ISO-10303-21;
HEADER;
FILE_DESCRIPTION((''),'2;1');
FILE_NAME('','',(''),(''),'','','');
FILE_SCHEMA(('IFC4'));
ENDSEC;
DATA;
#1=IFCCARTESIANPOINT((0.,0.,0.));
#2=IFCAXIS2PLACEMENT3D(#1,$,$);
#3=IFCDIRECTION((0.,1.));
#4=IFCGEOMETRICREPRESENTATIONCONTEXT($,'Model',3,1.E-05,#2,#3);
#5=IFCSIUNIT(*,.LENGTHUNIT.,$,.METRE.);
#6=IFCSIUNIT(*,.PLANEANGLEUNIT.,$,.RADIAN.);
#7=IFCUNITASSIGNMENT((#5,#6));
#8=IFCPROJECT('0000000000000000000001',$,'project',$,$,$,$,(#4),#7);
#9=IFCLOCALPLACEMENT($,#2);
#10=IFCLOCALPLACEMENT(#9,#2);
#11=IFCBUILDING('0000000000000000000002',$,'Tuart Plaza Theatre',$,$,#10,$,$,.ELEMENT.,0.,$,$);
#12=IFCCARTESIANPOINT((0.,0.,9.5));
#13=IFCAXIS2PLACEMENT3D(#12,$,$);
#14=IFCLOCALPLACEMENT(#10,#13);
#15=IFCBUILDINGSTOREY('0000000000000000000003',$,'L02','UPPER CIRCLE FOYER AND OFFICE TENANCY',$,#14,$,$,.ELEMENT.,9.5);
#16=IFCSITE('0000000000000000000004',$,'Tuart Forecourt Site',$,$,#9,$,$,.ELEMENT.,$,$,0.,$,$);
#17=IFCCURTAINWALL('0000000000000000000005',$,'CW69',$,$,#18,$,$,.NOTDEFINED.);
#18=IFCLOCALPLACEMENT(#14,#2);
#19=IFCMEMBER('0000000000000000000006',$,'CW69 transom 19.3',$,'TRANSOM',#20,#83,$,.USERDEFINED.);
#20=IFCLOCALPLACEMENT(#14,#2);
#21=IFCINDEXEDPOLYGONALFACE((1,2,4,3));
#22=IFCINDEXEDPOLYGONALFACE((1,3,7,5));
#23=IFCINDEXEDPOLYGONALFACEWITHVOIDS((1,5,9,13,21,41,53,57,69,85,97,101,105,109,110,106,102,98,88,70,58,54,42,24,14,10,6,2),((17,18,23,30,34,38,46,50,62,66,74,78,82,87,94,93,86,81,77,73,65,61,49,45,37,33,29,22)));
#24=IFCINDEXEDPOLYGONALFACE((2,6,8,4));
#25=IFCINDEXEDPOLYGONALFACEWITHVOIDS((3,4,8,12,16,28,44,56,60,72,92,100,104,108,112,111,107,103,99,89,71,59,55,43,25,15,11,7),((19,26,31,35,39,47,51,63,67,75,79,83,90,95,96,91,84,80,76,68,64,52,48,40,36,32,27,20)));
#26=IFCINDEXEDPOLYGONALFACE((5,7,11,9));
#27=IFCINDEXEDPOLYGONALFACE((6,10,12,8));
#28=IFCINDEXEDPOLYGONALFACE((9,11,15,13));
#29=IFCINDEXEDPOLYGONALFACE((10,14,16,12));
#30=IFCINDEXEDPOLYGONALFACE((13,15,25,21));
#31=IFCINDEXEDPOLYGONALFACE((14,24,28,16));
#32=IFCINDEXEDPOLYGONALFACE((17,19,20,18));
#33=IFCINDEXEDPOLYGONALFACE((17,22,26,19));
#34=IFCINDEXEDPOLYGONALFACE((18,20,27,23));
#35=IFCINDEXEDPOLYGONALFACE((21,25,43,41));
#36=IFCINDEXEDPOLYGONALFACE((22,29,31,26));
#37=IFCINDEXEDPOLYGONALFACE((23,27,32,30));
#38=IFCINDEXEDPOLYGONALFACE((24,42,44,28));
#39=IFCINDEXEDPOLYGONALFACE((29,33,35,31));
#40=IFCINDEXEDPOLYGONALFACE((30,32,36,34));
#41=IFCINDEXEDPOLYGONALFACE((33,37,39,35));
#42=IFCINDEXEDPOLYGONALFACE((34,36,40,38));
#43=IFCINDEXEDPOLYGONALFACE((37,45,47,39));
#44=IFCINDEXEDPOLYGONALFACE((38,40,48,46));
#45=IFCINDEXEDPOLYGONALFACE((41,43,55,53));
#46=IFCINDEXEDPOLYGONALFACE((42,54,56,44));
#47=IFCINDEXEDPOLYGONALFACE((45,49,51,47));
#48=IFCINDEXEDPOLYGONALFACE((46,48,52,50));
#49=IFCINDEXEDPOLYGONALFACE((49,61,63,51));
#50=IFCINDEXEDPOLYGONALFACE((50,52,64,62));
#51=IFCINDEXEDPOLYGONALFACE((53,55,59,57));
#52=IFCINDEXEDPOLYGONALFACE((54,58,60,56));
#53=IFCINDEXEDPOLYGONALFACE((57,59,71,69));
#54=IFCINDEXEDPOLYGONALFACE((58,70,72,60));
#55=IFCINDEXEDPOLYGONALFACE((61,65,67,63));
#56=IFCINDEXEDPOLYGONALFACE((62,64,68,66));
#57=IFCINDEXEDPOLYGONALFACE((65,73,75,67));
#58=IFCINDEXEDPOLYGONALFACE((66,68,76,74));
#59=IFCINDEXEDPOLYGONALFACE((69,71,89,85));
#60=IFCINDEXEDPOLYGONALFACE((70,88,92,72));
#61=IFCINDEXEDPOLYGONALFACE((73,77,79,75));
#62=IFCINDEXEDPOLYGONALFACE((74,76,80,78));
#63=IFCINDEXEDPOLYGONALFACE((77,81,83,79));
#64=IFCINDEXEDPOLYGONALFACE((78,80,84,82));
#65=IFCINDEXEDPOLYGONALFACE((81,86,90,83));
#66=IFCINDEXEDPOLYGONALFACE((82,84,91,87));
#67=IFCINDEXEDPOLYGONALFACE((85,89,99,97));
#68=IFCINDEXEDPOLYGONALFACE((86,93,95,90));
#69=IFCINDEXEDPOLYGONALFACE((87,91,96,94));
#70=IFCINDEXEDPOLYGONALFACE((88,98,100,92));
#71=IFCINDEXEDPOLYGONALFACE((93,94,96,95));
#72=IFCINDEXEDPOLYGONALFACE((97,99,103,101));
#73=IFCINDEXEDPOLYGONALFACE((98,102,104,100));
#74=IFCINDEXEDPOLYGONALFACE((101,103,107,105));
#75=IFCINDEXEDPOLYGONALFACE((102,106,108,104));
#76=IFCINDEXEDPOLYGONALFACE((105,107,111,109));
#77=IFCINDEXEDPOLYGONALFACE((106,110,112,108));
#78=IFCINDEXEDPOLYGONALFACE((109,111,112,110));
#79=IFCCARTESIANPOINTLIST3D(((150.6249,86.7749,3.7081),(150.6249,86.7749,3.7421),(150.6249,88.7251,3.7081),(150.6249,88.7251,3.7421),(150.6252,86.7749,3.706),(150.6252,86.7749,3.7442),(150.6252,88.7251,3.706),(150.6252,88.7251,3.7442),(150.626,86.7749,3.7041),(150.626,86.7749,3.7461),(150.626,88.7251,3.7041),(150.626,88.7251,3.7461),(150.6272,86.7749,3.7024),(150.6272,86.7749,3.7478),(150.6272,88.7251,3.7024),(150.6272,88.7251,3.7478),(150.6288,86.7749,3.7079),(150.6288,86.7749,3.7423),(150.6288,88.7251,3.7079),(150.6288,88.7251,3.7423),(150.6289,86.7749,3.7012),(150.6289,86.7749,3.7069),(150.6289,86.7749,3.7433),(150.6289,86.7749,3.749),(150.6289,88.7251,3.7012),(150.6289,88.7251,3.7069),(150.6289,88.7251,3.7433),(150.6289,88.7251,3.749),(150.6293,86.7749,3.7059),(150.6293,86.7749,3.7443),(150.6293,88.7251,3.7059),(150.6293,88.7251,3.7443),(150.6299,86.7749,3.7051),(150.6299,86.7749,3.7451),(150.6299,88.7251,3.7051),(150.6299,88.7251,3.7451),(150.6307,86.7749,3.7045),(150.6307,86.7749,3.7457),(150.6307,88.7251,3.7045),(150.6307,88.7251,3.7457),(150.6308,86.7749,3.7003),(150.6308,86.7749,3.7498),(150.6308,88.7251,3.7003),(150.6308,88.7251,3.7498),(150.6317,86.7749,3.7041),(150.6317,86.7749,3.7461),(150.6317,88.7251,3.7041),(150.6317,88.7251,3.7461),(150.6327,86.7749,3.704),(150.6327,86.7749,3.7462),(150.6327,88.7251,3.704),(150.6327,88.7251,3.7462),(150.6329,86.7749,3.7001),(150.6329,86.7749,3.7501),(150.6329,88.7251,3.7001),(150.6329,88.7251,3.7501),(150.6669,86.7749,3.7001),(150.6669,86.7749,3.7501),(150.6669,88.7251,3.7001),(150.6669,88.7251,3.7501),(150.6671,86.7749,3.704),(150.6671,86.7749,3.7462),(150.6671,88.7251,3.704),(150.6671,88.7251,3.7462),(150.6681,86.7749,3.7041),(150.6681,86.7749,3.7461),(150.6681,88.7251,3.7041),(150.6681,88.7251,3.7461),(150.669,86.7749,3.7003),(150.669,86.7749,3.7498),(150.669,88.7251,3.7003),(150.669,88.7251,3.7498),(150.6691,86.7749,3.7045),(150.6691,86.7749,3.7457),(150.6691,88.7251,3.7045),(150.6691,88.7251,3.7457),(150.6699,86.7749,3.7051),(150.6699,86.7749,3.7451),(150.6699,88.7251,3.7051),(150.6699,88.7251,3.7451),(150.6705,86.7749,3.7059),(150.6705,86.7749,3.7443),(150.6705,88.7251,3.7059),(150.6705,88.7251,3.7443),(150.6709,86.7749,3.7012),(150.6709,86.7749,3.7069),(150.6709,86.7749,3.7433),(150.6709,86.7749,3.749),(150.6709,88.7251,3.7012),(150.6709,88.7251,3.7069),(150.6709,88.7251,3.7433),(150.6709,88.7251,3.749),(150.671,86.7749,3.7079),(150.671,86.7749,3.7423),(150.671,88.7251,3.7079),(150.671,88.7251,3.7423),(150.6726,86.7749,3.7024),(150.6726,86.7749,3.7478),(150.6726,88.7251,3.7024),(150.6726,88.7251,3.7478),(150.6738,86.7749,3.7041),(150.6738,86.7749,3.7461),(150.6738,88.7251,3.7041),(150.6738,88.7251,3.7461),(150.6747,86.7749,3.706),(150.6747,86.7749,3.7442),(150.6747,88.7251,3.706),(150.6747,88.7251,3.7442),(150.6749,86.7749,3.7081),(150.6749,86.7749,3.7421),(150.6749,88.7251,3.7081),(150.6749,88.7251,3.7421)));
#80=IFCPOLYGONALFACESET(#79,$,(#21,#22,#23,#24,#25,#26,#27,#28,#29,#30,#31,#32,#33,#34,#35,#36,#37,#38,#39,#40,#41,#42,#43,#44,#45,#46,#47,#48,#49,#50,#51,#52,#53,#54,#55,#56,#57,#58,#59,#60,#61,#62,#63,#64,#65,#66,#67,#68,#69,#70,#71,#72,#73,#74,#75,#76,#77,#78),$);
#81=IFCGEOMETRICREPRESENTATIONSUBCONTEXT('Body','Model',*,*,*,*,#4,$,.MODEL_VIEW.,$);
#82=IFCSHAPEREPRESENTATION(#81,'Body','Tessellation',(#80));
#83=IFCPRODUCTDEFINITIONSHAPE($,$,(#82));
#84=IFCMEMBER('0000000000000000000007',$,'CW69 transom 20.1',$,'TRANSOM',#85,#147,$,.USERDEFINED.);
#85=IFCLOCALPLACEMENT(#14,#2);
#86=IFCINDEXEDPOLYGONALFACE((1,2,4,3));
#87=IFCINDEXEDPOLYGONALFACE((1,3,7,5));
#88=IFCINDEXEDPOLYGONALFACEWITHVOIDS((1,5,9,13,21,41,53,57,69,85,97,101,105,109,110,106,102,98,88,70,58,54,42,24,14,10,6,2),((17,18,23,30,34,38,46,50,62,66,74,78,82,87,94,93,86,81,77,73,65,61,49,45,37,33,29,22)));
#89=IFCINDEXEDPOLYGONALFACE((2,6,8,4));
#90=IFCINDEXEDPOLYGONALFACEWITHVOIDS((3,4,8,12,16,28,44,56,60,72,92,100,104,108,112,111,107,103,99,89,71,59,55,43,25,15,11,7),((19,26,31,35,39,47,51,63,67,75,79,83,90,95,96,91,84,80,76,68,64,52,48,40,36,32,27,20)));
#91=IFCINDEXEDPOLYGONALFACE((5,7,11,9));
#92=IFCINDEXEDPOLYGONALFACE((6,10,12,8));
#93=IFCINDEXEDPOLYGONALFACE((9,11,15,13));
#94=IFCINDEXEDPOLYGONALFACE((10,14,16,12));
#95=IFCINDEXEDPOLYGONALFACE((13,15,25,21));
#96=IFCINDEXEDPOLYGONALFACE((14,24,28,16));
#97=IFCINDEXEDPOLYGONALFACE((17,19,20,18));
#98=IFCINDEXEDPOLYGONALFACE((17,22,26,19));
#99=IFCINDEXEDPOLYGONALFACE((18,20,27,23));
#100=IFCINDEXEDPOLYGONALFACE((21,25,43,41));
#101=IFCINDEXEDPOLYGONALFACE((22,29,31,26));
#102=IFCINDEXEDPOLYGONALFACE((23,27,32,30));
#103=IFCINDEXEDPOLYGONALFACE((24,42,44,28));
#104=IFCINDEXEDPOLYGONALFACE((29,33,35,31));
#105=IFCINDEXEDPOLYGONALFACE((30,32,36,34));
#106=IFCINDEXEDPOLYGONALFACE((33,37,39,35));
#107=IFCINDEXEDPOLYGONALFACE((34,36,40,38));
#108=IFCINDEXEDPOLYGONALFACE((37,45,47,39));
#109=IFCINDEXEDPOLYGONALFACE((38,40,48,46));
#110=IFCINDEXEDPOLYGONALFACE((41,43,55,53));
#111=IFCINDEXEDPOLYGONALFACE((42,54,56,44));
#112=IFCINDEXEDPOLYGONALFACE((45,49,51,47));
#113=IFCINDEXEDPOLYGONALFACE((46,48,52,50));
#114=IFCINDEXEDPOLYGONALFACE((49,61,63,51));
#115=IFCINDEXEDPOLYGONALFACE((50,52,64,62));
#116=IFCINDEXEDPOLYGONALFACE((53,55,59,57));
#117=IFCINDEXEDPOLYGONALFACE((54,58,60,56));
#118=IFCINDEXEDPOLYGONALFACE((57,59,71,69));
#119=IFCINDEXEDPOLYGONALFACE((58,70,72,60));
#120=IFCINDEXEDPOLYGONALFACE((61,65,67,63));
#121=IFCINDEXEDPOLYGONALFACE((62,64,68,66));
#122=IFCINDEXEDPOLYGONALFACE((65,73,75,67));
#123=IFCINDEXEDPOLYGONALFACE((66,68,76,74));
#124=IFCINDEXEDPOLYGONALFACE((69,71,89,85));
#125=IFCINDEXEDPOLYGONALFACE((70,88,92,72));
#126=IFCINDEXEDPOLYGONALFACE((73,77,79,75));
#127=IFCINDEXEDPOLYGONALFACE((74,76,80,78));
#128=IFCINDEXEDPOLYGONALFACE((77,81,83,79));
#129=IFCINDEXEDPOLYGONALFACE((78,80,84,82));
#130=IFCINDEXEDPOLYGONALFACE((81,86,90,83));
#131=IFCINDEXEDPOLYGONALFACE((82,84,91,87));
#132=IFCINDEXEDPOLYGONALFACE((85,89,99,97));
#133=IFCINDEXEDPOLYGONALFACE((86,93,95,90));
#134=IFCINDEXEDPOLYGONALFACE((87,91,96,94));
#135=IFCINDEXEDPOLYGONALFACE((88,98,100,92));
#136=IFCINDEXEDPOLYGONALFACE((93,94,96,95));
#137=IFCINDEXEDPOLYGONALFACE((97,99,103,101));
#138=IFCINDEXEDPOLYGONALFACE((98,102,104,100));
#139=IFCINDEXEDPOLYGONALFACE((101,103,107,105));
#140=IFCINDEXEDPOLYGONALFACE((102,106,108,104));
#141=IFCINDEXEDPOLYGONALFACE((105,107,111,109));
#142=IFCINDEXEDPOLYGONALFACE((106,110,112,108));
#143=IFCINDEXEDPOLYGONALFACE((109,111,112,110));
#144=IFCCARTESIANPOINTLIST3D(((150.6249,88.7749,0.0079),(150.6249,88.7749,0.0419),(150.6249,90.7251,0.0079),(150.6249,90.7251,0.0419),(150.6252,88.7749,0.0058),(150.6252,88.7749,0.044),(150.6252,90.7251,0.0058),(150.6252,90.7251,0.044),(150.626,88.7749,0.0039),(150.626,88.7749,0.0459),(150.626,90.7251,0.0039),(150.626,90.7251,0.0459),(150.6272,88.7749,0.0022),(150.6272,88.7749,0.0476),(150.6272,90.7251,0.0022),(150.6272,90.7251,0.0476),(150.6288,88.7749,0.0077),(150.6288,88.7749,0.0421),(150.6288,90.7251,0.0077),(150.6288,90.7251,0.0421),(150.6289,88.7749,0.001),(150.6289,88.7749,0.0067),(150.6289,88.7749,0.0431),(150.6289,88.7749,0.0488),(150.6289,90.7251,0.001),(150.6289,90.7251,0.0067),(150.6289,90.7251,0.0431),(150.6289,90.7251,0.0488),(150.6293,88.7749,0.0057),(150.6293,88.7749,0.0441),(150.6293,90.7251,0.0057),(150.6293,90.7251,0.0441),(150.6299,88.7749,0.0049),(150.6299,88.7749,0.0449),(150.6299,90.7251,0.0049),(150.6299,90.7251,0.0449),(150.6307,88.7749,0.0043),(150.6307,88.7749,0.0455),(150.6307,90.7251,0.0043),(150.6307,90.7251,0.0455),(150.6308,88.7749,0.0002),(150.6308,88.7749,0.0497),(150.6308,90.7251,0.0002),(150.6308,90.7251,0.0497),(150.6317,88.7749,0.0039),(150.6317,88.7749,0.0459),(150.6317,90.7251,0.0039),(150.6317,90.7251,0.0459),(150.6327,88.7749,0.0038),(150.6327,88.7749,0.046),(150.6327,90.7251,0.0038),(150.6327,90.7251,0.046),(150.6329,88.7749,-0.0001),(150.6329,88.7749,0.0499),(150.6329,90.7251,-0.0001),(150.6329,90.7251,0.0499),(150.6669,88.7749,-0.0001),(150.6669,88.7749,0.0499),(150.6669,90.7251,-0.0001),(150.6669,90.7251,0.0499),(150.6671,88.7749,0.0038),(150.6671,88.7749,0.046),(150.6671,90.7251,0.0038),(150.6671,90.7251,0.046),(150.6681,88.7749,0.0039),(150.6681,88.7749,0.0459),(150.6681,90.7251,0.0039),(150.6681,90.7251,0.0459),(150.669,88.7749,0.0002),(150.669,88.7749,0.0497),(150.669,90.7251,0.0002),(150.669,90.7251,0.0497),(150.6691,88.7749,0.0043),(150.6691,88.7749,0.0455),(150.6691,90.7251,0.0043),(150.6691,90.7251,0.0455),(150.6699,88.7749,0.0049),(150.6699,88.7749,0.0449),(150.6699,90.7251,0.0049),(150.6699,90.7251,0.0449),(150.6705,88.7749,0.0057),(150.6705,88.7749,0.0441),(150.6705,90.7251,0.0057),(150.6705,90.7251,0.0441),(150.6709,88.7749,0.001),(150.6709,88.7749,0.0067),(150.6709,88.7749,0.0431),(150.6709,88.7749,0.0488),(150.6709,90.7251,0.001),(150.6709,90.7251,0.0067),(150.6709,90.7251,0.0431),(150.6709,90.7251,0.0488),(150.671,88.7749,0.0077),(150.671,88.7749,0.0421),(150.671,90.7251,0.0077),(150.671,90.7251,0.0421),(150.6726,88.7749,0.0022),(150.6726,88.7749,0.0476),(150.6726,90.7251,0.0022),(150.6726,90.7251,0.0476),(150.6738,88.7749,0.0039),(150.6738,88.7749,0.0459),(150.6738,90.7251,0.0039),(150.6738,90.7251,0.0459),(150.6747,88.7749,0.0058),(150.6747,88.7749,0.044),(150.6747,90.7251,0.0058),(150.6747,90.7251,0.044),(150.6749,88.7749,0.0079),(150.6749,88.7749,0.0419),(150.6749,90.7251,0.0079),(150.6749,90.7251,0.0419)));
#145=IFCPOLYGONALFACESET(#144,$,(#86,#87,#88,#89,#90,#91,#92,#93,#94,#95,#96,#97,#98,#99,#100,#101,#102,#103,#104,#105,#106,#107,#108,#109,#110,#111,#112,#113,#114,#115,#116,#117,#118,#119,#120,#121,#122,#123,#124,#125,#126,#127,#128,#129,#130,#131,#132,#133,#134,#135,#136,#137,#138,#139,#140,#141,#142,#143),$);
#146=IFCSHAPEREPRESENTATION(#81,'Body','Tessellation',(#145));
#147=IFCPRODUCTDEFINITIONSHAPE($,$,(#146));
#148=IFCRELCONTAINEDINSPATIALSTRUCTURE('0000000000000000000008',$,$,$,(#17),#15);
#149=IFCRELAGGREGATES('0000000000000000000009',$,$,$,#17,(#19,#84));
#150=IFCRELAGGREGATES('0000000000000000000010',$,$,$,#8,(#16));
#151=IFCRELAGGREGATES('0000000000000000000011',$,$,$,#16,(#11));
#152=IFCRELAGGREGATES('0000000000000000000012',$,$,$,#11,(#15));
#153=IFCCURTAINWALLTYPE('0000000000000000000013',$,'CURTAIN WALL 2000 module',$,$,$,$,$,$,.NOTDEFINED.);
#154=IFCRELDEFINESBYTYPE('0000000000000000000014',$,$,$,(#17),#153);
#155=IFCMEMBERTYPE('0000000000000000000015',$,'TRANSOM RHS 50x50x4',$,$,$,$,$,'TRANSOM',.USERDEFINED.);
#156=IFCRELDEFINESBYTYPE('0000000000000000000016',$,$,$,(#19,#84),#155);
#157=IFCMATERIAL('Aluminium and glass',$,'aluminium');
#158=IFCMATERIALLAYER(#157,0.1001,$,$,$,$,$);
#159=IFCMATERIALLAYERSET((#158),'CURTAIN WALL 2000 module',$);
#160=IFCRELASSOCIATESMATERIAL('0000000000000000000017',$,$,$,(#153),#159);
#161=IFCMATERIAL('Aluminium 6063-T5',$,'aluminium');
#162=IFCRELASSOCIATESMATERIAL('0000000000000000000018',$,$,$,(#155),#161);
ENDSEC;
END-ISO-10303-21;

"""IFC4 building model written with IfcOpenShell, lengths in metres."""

from ifc_helpers import new_model, si_unit, direction, frame, origin, origin_2d, place, context, subcontext, project, spatial, hollow_rectangle, extrude, material, layer, layer_set, material_profile, profile_set, type_object, element, aggregate, save


model = new_model("IFC4")

# Units and contexts
model_context = context("Model", 3, precision=1e-05, world=origin(), true_north=direction((0.0, 1.0)))
body_context = subcontext(model_context, "Body", "Model", "MODEL_VIEW")
ifc_project = project(units=[si_unit("LENGTHUNIT", "METRE"), si_unit("PLANEANGLEUNIT", "RADIAN")], contexts=[model_context])

# Site, building, storey
site_placement = place(None, origin())
site = spatial("IfcSite", under=ifc_project, at=site_placement, Name="Tuart Forecourt Site", CompositionType="ELEMENT", RefElevation=0.0)
building_placement = place(site_placement, origin())
building = spatial("IfcBuilding", under=site, at=building_placement, Name="Tuart Plaza Theatre", CompositionType="ELEMENT", ElevationOfRefHeight=0.0)
storey_placement = place(building_placement, frame((0.0, 0.0, 9.5)))
storey = spatial("IfcBuildingStorey", under=building, at=storey_placement, Name="L02", Description="UPPER CIRCLE FOYER AND OFFICE TENANCY", CompositionType="ELEMENT", Elevation=9.5)

# Curtain wall, members
ifc_material_1 = material(Name="Aluminium and glass", Category="aluminium")
ifc_layer_1 = layer(ifc_material_1, 0.1001)
ifc_layer_set_1 = layer_set([ifc_layer_1], Name="CURTAIN WALL 2000 module")
curtain_wall_type = type_object("IfcCurtainWallType", Name="CURTAIN WALL 2000 module", PredefinedType="NOTDEFINED", material=ifc_layer_set_1)
curtain_wall_placement = place(storey_placement, origin())
curtain_wall = element("IfcCurtainWall", 1, at=curtain_wall_placement, inside=storey, type_object=curtain_wall_type, Name="CW69", PredefinedType="NOTDEFINED")
ifc_material_2 = material(Name="Aluminium 6063-T5", Category="aluminium")
ifc_material_profile_1 = material_profile(ifc_material_2, hollow_rectangle(XDim=0.05, YDim=0.05, WallThickness=0.0039, InnerFilletRadius=0.0039, OuterFilletRadius=0.0081, at=origin_2d()), Name="RHS 50x50x4")
ifc_profile_set_1 = profile_set([ifc_material_profile_1], Name="Aluminium 6063-T5")
member_type_1 = type_object("IfcMemberType", Name="TRANSOM RHS 50x50x4", ElementType="TRANSOM", PredefinedType="USERDEFINED", material=ifc_profile_set_1)
member_1_placement = place(storey_placement, frame((150.6499, 86.7749, 3.7251), z_axis=(0.0, 1.0, 0.0), x_axis=(-1.0, 0.0, 0.0)))
member_1 = element("IfcMember", 2, at=member_1_placement, type_object=member_type_1, Name="CW69 transom 19.3", ObjectType="TRANSOM", PredefinedType="USERDEFINED", context=body_context, shape_type="SweptSolid", body=[
    extrude(hollow_rectangle(XDim=0.05, YDim=0.05, WallThickness=0.0039, InnerFilletRadius=0.0039, OuterFilletRadius=0.0081, at=origin_2d()), origin(), (0.0, 0.0, 1.0), 1.9502),
])
member_2_placement = place(storey_placement, frame((150.6499, 88.7749, 0.0249), z_axis=(0.0, 1.0, 0.0), x_axis=(-1.0, 0.0, 0.0)))
member_2 = element("IfcMember", 3, at=member_2_placement, type_object=member_type_1, Name="CW69 transom 20.1", ObjectType="TRANSOM", PredefinedType="USERDEFINED", context=body_context, shape_type="SweptSolid", body=[
    extrude(hollow_rectangle(XDim=0.05, YDim=0.05, WallThickness=0.0039, InnerFilletRadius=0.0039, OuterFilletRadius=0.0081, at=origin_2d()), origin(), (0.0, 0.0, 1.0), 1.9502),
])
aggregate(curtain_wall, [member_1, member_2])

save(model, "model.ifc")
